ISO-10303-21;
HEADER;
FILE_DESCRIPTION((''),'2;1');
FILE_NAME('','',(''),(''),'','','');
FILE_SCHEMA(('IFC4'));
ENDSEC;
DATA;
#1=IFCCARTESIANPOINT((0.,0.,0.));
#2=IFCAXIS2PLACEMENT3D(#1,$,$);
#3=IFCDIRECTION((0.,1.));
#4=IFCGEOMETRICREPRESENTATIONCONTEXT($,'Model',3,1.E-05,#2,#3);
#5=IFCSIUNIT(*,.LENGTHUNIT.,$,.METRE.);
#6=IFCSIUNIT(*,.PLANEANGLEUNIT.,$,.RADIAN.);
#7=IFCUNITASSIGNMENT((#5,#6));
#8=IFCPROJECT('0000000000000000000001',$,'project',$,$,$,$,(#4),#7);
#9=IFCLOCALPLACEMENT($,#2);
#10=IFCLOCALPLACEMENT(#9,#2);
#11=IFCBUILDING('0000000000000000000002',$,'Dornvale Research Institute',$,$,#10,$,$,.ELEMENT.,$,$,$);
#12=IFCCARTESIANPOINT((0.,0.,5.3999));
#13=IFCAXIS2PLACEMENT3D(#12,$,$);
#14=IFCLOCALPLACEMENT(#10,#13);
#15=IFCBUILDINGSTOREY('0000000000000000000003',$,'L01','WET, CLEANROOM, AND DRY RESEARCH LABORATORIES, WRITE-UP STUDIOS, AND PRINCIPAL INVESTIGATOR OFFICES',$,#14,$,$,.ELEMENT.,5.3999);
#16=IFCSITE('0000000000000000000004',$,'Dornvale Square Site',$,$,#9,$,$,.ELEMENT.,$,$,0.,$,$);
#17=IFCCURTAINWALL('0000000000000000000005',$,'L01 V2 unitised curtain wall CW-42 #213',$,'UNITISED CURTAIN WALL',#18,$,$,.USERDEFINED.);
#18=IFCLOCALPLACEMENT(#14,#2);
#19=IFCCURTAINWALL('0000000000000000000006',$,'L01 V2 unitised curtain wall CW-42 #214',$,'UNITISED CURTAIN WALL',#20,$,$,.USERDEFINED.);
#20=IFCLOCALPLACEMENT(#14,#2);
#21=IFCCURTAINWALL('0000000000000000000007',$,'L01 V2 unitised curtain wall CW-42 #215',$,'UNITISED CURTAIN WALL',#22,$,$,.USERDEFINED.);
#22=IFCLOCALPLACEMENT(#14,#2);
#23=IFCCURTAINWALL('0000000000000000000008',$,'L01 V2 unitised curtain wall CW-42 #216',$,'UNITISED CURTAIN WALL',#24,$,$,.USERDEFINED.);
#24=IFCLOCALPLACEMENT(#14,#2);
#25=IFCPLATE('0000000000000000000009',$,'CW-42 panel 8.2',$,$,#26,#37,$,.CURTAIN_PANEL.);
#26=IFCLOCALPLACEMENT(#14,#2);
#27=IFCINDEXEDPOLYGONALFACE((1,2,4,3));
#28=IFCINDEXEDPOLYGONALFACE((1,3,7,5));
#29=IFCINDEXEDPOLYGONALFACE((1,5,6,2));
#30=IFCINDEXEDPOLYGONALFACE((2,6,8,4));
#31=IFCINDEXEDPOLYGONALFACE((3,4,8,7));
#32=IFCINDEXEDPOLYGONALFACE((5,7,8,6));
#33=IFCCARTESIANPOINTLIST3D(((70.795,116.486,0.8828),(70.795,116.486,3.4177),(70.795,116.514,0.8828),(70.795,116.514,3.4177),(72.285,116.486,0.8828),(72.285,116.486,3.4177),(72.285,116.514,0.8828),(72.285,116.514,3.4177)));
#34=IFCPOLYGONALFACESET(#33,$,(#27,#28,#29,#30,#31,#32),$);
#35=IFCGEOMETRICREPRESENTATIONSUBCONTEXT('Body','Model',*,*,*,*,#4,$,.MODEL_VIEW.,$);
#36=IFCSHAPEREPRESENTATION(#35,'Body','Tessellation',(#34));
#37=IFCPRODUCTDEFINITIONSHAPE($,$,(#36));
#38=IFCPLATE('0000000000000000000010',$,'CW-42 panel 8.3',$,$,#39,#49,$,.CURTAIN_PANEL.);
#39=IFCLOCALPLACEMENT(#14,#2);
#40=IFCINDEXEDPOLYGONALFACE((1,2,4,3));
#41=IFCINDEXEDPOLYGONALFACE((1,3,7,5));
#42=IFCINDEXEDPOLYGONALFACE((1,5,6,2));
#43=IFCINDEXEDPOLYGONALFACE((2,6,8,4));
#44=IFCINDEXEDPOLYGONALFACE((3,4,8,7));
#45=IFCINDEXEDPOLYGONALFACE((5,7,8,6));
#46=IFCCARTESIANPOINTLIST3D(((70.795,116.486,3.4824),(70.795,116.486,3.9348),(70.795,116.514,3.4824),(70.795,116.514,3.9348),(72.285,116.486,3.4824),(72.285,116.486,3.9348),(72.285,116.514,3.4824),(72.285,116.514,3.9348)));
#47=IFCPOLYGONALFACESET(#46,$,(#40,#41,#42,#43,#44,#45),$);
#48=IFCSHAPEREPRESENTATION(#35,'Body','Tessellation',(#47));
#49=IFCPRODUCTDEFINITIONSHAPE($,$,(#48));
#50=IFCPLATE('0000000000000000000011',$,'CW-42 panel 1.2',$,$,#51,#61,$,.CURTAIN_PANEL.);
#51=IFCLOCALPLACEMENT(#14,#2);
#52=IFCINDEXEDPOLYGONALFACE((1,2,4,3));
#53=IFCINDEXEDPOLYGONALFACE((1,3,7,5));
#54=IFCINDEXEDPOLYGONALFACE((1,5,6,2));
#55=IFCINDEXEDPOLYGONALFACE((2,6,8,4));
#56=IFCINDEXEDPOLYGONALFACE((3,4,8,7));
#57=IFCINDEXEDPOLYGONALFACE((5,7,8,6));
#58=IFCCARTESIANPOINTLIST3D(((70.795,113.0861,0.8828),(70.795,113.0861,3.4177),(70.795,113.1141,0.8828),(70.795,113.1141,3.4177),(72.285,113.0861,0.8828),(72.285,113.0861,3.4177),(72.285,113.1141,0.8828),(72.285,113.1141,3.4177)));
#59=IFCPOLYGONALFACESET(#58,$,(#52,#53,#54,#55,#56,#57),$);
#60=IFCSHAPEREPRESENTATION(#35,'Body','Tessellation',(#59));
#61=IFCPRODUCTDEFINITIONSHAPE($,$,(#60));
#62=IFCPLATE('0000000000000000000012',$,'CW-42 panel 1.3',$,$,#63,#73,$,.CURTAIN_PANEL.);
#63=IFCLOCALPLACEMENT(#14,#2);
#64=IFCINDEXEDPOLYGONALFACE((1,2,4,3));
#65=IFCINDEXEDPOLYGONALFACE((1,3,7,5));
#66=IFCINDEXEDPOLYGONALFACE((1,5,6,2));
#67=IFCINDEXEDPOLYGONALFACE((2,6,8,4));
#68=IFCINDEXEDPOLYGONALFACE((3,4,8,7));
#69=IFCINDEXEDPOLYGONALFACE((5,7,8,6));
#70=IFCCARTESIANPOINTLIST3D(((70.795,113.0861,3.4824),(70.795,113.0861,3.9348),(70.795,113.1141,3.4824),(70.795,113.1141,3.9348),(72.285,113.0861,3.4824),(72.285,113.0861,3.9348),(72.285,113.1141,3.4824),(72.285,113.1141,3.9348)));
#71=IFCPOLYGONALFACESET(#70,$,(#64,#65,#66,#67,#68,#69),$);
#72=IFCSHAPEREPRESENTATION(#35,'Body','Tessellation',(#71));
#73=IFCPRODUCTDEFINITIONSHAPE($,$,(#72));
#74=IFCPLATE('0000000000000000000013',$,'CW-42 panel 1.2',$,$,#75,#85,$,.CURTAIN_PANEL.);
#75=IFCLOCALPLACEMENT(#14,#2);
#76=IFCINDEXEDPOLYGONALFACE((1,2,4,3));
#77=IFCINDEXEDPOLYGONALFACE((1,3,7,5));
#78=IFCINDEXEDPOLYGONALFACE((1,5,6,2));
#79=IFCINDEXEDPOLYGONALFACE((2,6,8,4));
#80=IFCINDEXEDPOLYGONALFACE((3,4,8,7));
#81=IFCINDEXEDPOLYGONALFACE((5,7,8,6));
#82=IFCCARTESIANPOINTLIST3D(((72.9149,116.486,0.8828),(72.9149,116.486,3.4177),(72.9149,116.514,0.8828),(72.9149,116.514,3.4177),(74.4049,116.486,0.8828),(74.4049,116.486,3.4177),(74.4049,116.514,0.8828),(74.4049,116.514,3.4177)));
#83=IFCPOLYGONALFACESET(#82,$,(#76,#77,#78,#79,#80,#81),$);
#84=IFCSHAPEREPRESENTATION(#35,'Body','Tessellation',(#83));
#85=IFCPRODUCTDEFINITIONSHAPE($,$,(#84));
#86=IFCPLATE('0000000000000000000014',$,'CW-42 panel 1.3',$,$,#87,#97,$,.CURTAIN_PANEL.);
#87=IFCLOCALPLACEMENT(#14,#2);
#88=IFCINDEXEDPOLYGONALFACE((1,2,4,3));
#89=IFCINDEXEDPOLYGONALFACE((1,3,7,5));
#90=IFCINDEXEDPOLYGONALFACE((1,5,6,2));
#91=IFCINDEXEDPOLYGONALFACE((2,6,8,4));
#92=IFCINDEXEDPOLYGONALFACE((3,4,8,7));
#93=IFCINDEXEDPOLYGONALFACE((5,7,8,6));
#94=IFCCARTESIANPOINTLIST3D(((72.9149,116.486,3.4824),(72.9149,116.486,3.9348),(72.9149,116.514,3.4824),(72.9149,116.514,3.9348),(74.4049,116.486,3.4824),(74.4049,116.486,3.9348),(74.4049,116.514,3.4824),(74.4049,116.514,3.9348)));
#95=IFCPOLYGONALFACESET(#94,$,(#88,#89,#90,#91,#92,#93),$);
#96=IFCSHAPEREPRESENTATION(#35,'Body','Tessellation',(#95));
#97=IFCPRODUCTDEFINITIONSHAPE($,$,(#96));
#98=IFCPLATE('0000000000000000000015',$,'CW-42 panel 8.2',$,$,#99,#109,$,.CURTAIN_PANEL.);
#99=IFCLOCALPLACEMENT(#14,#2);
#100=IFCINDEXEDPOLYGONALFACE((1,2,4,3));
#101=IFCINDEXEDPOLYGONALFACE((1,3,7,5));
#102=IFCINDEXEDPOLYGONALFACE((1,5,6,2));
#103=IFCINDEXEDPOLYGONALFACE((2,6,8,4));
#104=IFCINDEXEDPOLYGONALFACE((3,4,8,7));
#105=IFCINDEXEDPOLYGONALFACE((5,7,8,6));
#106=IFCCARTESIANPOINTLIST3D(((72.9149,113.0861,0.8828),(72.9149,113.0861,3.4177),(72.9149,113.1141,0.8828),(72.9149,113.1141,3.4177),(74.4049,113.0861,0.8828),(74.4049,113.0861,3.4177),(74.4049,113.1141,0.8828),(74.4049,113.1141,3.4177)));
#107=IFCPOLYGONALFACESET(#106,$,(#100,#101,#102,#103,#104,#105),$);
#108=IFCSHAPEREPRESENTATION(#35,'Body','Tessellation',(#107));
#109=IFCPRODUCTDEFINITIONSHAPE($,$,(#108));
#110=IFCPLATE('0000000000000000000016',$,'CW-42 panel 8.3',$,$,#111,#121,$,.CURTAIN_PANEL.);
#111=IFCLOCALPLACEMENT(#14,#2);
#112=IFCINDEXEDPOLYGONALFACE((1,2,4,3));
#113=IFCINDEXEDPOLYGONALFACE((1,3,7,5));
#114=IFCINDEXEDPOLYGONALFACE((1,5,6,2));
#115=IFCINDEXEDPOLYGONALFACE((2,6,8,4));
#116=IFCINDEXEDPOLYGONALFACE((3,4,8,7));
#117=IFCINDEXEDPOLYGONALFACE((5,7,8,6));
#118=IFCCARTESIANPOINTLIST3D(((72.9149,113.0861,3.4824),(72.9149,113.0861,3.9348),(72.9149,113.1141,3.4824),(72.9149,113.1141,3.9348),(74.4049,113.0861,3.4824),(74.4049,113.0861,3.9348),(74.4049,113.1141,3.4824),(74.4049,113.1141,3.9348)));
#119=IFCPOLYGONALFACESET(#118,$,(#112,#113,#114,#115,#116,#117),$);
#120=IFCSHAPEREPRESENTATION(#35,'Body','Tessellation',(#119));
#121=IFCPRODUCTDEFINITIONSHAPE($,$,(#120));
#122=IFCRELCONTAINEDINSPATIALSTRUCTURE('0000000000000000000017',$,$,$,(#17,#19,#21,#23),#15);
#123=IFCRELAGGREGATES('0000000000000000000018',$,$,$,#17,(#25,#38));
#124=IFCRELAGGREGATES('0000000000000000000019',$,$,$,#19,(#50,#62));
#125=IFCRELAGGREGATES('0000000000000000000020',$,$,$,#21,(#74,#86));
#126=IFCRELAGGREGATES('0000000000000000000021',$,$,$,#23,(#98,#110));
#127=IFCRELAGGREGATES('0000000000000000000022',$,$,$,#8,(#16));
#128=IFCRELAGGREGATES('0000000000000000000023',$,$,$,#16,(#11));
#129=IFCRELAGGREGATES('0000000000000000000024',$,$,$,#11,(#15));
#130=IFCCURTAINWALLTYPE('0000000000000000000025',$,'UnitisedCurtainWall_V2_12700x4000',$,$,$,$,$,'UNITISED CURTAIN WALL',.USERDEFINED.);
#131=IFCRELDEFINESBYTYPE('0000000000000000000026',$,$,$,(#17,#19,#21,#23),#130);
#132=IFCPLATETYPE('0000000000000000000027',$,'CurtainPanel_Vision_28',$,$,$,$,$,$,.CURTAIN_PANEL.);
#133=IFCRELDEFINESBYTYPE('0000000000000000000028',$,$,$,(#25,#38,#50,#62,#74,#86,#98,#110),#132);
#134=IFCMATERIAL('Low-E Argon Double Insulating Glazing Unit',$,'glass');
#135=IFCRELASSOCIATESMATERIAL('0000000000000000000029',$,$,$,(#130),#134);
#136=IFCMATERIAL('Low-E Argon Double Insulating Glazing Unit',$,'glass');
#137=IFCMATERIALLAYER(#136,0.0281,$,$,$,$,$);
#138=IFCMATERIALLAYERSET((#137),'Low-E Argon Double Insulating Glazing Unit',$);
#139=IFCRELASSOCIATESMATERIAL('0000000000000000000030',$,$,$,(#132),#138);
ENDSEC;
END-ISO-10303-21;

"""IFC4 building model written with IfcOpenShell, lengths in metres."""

from ifc_helpers import new_model, si_unit, direction, frame, origin, origin_2d, place, context, subcontext, project, spatial, rectangle, extrude, material, layer, layer_set, type_object, element, aggregate, save


model = new_model("IFC4")

# Units and contexts
model_context = context("Model", 3, precision=1e-05, world=origin(), true_north=direction((0.0, 1.0)))
body_context = subcontext(model_context, "Body", "Model", "MODEL_VIEW")
ifc_project = project(units=[si_unit("LENGTHUNIT", "METRE"), si_unit("PLANEANGLEUNIT", "RADIAN")], contexts=[model_context])

# Site, building, storey
site_placement = place(None, origin())
site = spatial("IfcSite", under=ifc_project, at=site_placement, Name="Dornvale Square Site", CompositionType="ELEMENT", RefElevation=0.0)
building_placement = place(site_placement, origin())
building = spatial("IfcBuilding", under=site, at=building_placement, Name="Dornvale Research Institute", CompositionType="ELEMENT")
storey_placement = place(building_placement, frame((0.0, 0.0, 5.3999)))
storey = spatial("IfcBuildingStorey", under=building, at=storey_placement, Name="L01", Description="WET, CLEANROOM, AND DRY RESEARCH LABORATORIES, WRITE-UP STUDIOS, AND PRINCIPAL INVESTIGATOR OFFICES", CompositionType="ELEMENT", Elevation=5.3999)

# Curtain walls
ifc_material_1 = material(Name="Low-E Argon Double Insulating Glazing Unit", Category="glass")
curtain_wall_type = type_object("IfcCurtainWallType", Name="UnitisedCurtainWall_V2_12700x4000", ElementType="UNITISED CURTAIN WALL", PredefinedType="USERDEFINED", material=ifc_material_1)
curtain_wall_1_placement = place(storey_placement, origin())
curtain_wall_1 = element("IfcCurtainWall", 1, at=curtain_wall_1_placement, inside=storey, type_object=curtain_wall_type, Name="L01 V2 unitised curtain wall CW-42 #213", ObjectType="UNITISED CURTAIN WALL", PredefinedType="USERDEFINED")
curtain_wall_2_placement = place(storey_placement, origin())
curtain_wall_2 = element("IfcCurtainWall", 2, at=curtain_wall_2_placement, inside=storey, type_object=curtain_wall_type, Name="L01 V2 unitised curtain wall CW-42 #214", ObjectType="UNITISED CURTAIN WALL", PredefinedType="USERDEFINED")
curtain_wall_3_placement = place(storey_placement, origin())
curtain_wall_3 = element("IfcCurtainWall", 3, at=curtain_wall_3_placement, inside=storey, type_object=curtain_wall_type, Name="L01 V2 unitised curtain wall CW-42 #215", ObjectType="UNITISED CURTAIN WALL", PredefinedType="USERDEFINED")
curtain_wall_4_placement = place(storey_placement, origin())
curtain_wall_4 = element("IfcCurtainWall", 4, at=curtain_wall_4_placement, inside=storey, type_object=curtain_wall_type, Name="L01 V2 unitised curtain wall CW-42 #216", ObjectType="UNITISED CURTAIN WALL", PredefinedType="USERDEFINED")

# Plates
ifc_material_2 = material(Name="Low-E Argon Double Insulating Glazing Unit", Category="glass")
ifc_layer_1 = layer(ifc_material_2, 0.0281)
ifc_layer_set_1 = layer_set([ifc_layer_1], Name="Low-E Argon Double Insulating Glazing Unit")
plate_type_1 = type_object("IfcPlateType", Name="CurtainPanel_Vision_28", PredefinedType="CURTAIN_PANEL", material=ifc_layer_set_1)
plate_1_placement = place(storey_placement, frame((71.54, 116.5, 0.8828), z_axis=(0.0, 0.0, 1.0), x_axis=(1.0, 0.0, 0.0)))
plate_1 = element("IfcPlate", 5, at=plate_1_placement, type_object=plate_type_1, Name="CW-42 panel 8.2", PredefinedType="CURTAIN_PANEL", context=body_context, shape_type="SweptSolid", body=[
    extrude(rectangle(XDim=1.49, YDim=0.0281, at=origin_2d()), origin(), (0.0, 0.0, 1.0), 2.5349),
])
plate_2_placement = place(storey_placement, frame((71.54, 116.5, 3.4824), z_axis=(0.0, 0.0, 1.0), x_axis=(1.0, 0.0, 0.0)))
plate_2 = element("IfcPlate", 6, at=plate_2_placement, type_object=plate_type_1, Name="CW-42 panel 8.3", PredefinedType="CURTAIN_PANEL", context=body_context, shape_type="SweptSolid", body=[
    extrude(rectangle(XDim=1.49, YDim=0.0281, at=origin_2d()), origin(), (0.0, 0.0, 1.0), 0.4524),
])
aggregate(curtain_wall_1, [plate_1, plate_2])
plate_3_placement = place(storey_placement, frame((71.54, 113.1001, 0.8828), z_axis=(0.0, 0.0, 1.0), x_axis=(-1.0, 0.0, 0.0)))
plate_3 = element("IfcPlate", 7, at=plate_3_placement, type_object=plate_type_1, Name="CW-42 panel 1.2", PredefinedType="CURTAIN_PANEL", context=body_context, shape_type="SweptSolid", body=[
    extrude(rectangle(XDim=1.49, YDim=0.0281, at=origin_2d()), origin(), (0.0, 0.0, 1.0), 2.5349),
])
plate_4_placement = place(storey_placement, frame((71.54, 113.1001, 3.4824), z_axis=(0.0, 0.0, 1.0), x_axis=(-1.0, 0.0, 0.0)))
plate_4 = element("IfcPlate", 8, at=plate_4_placement, type_object=plate_type_1, Name="CW-42 panel 1.3", PredefinedType="CURTAIN_PANEL", context=body_context, shape_type="SweptSolid", body=[
    extrude(rectangle(XDim=1.49, YDim=0.0281, at=origin_2d()), origin(), (0.0, 0.0, 1.0), 0.4524),
])
aggregate(curtain_wall_2, [plate_3, plate_4])
plate_5_placement = place(storey_placement, frame((73.6599, 116.5, 0.8828), z_axis=(0.0, 0.0, 1.0), x_axis=(1.0, 0.0, 0.0)))
plate_5 = element("IfcPlate", 9, at=plate_5_placement, type_object=plate_type_1, Name="CW-42 panel 1.2", PredefinedType="CURTAIN_PANEL", context=body_context, shape_type="SweptSolid", body=[
    extrude(rectangle(XDim=1.49, YDim=0.0281, at=origin_2d()), origin(), (0.0, 0.0, 1.0), 2.5349),
])
plate_6_placement = place(storey_placement, frame((73.6599, 116.5, 3.4824), z_axis=(0.0, 0.0, 1.0), x_axis=(1.0, 0.0, 0.0)))
plate_6 = element("IfcPlate", 10, at=plate_6_placement, type_object=plate_type_1, Name="CW-42 panel 1.3", PredefinedType="CURTAIN_PANEL", context=body_context, shape_type="SweptSolid", body=[
    extrude(rectangle(XDim=1.49, YDim=0.0281, at=origin_2d()), origin(), (0.0, 0.0, 1.0), 0.4524),
])
aggregate(curtain_wall_3, [plate_5, plate_6])
plate_7_placement = place(storey_placement, frame((73.6599, 113.1001, 0.8828), z_axis=(0.0, 0.0, 1.0), x_axis=(-1.0, 0.0, 0.0)))
plate_7 = element("IfcPlate", 11, at=plate_7_placement, type_object=plate_type_1, Name="CW-42 panel 8.2", PredefinedType="CURTAIN_PANEL", context=body_context, shape_type="SweptSolid", body=[
    extrude(rectangle(XDim=1.49, YDim=0.0281, at=origin_2d()), origin(), (0.0, 0.0, 1.0), 2.5349),
])
plate_8_placement = place(storey_placement, frame((73.6599, 113.1001, 3.4824), z_axis=(0.0, 0.0, 1.0), x_axis=(-1.0, 0.0, 0.0)))
plate_8 = element("IfcPlate", 12, at=plate_8_placement, type_object=plate_type_1, Name="CW-42 panel 8.3", PredefinedType="CURTAIN_PANEL", context=body_context, shape_type="SweptSolid", body=[
    extrude(rectangle(XDim=1.49, YDim=0.0281, at=origin_2d()), origin(), (0.0, 0.0, 1.0), 0.4524),
])
aggregate(curtain_wall_4, [plate_7, plate_8])

save(model, "model.ifc")
